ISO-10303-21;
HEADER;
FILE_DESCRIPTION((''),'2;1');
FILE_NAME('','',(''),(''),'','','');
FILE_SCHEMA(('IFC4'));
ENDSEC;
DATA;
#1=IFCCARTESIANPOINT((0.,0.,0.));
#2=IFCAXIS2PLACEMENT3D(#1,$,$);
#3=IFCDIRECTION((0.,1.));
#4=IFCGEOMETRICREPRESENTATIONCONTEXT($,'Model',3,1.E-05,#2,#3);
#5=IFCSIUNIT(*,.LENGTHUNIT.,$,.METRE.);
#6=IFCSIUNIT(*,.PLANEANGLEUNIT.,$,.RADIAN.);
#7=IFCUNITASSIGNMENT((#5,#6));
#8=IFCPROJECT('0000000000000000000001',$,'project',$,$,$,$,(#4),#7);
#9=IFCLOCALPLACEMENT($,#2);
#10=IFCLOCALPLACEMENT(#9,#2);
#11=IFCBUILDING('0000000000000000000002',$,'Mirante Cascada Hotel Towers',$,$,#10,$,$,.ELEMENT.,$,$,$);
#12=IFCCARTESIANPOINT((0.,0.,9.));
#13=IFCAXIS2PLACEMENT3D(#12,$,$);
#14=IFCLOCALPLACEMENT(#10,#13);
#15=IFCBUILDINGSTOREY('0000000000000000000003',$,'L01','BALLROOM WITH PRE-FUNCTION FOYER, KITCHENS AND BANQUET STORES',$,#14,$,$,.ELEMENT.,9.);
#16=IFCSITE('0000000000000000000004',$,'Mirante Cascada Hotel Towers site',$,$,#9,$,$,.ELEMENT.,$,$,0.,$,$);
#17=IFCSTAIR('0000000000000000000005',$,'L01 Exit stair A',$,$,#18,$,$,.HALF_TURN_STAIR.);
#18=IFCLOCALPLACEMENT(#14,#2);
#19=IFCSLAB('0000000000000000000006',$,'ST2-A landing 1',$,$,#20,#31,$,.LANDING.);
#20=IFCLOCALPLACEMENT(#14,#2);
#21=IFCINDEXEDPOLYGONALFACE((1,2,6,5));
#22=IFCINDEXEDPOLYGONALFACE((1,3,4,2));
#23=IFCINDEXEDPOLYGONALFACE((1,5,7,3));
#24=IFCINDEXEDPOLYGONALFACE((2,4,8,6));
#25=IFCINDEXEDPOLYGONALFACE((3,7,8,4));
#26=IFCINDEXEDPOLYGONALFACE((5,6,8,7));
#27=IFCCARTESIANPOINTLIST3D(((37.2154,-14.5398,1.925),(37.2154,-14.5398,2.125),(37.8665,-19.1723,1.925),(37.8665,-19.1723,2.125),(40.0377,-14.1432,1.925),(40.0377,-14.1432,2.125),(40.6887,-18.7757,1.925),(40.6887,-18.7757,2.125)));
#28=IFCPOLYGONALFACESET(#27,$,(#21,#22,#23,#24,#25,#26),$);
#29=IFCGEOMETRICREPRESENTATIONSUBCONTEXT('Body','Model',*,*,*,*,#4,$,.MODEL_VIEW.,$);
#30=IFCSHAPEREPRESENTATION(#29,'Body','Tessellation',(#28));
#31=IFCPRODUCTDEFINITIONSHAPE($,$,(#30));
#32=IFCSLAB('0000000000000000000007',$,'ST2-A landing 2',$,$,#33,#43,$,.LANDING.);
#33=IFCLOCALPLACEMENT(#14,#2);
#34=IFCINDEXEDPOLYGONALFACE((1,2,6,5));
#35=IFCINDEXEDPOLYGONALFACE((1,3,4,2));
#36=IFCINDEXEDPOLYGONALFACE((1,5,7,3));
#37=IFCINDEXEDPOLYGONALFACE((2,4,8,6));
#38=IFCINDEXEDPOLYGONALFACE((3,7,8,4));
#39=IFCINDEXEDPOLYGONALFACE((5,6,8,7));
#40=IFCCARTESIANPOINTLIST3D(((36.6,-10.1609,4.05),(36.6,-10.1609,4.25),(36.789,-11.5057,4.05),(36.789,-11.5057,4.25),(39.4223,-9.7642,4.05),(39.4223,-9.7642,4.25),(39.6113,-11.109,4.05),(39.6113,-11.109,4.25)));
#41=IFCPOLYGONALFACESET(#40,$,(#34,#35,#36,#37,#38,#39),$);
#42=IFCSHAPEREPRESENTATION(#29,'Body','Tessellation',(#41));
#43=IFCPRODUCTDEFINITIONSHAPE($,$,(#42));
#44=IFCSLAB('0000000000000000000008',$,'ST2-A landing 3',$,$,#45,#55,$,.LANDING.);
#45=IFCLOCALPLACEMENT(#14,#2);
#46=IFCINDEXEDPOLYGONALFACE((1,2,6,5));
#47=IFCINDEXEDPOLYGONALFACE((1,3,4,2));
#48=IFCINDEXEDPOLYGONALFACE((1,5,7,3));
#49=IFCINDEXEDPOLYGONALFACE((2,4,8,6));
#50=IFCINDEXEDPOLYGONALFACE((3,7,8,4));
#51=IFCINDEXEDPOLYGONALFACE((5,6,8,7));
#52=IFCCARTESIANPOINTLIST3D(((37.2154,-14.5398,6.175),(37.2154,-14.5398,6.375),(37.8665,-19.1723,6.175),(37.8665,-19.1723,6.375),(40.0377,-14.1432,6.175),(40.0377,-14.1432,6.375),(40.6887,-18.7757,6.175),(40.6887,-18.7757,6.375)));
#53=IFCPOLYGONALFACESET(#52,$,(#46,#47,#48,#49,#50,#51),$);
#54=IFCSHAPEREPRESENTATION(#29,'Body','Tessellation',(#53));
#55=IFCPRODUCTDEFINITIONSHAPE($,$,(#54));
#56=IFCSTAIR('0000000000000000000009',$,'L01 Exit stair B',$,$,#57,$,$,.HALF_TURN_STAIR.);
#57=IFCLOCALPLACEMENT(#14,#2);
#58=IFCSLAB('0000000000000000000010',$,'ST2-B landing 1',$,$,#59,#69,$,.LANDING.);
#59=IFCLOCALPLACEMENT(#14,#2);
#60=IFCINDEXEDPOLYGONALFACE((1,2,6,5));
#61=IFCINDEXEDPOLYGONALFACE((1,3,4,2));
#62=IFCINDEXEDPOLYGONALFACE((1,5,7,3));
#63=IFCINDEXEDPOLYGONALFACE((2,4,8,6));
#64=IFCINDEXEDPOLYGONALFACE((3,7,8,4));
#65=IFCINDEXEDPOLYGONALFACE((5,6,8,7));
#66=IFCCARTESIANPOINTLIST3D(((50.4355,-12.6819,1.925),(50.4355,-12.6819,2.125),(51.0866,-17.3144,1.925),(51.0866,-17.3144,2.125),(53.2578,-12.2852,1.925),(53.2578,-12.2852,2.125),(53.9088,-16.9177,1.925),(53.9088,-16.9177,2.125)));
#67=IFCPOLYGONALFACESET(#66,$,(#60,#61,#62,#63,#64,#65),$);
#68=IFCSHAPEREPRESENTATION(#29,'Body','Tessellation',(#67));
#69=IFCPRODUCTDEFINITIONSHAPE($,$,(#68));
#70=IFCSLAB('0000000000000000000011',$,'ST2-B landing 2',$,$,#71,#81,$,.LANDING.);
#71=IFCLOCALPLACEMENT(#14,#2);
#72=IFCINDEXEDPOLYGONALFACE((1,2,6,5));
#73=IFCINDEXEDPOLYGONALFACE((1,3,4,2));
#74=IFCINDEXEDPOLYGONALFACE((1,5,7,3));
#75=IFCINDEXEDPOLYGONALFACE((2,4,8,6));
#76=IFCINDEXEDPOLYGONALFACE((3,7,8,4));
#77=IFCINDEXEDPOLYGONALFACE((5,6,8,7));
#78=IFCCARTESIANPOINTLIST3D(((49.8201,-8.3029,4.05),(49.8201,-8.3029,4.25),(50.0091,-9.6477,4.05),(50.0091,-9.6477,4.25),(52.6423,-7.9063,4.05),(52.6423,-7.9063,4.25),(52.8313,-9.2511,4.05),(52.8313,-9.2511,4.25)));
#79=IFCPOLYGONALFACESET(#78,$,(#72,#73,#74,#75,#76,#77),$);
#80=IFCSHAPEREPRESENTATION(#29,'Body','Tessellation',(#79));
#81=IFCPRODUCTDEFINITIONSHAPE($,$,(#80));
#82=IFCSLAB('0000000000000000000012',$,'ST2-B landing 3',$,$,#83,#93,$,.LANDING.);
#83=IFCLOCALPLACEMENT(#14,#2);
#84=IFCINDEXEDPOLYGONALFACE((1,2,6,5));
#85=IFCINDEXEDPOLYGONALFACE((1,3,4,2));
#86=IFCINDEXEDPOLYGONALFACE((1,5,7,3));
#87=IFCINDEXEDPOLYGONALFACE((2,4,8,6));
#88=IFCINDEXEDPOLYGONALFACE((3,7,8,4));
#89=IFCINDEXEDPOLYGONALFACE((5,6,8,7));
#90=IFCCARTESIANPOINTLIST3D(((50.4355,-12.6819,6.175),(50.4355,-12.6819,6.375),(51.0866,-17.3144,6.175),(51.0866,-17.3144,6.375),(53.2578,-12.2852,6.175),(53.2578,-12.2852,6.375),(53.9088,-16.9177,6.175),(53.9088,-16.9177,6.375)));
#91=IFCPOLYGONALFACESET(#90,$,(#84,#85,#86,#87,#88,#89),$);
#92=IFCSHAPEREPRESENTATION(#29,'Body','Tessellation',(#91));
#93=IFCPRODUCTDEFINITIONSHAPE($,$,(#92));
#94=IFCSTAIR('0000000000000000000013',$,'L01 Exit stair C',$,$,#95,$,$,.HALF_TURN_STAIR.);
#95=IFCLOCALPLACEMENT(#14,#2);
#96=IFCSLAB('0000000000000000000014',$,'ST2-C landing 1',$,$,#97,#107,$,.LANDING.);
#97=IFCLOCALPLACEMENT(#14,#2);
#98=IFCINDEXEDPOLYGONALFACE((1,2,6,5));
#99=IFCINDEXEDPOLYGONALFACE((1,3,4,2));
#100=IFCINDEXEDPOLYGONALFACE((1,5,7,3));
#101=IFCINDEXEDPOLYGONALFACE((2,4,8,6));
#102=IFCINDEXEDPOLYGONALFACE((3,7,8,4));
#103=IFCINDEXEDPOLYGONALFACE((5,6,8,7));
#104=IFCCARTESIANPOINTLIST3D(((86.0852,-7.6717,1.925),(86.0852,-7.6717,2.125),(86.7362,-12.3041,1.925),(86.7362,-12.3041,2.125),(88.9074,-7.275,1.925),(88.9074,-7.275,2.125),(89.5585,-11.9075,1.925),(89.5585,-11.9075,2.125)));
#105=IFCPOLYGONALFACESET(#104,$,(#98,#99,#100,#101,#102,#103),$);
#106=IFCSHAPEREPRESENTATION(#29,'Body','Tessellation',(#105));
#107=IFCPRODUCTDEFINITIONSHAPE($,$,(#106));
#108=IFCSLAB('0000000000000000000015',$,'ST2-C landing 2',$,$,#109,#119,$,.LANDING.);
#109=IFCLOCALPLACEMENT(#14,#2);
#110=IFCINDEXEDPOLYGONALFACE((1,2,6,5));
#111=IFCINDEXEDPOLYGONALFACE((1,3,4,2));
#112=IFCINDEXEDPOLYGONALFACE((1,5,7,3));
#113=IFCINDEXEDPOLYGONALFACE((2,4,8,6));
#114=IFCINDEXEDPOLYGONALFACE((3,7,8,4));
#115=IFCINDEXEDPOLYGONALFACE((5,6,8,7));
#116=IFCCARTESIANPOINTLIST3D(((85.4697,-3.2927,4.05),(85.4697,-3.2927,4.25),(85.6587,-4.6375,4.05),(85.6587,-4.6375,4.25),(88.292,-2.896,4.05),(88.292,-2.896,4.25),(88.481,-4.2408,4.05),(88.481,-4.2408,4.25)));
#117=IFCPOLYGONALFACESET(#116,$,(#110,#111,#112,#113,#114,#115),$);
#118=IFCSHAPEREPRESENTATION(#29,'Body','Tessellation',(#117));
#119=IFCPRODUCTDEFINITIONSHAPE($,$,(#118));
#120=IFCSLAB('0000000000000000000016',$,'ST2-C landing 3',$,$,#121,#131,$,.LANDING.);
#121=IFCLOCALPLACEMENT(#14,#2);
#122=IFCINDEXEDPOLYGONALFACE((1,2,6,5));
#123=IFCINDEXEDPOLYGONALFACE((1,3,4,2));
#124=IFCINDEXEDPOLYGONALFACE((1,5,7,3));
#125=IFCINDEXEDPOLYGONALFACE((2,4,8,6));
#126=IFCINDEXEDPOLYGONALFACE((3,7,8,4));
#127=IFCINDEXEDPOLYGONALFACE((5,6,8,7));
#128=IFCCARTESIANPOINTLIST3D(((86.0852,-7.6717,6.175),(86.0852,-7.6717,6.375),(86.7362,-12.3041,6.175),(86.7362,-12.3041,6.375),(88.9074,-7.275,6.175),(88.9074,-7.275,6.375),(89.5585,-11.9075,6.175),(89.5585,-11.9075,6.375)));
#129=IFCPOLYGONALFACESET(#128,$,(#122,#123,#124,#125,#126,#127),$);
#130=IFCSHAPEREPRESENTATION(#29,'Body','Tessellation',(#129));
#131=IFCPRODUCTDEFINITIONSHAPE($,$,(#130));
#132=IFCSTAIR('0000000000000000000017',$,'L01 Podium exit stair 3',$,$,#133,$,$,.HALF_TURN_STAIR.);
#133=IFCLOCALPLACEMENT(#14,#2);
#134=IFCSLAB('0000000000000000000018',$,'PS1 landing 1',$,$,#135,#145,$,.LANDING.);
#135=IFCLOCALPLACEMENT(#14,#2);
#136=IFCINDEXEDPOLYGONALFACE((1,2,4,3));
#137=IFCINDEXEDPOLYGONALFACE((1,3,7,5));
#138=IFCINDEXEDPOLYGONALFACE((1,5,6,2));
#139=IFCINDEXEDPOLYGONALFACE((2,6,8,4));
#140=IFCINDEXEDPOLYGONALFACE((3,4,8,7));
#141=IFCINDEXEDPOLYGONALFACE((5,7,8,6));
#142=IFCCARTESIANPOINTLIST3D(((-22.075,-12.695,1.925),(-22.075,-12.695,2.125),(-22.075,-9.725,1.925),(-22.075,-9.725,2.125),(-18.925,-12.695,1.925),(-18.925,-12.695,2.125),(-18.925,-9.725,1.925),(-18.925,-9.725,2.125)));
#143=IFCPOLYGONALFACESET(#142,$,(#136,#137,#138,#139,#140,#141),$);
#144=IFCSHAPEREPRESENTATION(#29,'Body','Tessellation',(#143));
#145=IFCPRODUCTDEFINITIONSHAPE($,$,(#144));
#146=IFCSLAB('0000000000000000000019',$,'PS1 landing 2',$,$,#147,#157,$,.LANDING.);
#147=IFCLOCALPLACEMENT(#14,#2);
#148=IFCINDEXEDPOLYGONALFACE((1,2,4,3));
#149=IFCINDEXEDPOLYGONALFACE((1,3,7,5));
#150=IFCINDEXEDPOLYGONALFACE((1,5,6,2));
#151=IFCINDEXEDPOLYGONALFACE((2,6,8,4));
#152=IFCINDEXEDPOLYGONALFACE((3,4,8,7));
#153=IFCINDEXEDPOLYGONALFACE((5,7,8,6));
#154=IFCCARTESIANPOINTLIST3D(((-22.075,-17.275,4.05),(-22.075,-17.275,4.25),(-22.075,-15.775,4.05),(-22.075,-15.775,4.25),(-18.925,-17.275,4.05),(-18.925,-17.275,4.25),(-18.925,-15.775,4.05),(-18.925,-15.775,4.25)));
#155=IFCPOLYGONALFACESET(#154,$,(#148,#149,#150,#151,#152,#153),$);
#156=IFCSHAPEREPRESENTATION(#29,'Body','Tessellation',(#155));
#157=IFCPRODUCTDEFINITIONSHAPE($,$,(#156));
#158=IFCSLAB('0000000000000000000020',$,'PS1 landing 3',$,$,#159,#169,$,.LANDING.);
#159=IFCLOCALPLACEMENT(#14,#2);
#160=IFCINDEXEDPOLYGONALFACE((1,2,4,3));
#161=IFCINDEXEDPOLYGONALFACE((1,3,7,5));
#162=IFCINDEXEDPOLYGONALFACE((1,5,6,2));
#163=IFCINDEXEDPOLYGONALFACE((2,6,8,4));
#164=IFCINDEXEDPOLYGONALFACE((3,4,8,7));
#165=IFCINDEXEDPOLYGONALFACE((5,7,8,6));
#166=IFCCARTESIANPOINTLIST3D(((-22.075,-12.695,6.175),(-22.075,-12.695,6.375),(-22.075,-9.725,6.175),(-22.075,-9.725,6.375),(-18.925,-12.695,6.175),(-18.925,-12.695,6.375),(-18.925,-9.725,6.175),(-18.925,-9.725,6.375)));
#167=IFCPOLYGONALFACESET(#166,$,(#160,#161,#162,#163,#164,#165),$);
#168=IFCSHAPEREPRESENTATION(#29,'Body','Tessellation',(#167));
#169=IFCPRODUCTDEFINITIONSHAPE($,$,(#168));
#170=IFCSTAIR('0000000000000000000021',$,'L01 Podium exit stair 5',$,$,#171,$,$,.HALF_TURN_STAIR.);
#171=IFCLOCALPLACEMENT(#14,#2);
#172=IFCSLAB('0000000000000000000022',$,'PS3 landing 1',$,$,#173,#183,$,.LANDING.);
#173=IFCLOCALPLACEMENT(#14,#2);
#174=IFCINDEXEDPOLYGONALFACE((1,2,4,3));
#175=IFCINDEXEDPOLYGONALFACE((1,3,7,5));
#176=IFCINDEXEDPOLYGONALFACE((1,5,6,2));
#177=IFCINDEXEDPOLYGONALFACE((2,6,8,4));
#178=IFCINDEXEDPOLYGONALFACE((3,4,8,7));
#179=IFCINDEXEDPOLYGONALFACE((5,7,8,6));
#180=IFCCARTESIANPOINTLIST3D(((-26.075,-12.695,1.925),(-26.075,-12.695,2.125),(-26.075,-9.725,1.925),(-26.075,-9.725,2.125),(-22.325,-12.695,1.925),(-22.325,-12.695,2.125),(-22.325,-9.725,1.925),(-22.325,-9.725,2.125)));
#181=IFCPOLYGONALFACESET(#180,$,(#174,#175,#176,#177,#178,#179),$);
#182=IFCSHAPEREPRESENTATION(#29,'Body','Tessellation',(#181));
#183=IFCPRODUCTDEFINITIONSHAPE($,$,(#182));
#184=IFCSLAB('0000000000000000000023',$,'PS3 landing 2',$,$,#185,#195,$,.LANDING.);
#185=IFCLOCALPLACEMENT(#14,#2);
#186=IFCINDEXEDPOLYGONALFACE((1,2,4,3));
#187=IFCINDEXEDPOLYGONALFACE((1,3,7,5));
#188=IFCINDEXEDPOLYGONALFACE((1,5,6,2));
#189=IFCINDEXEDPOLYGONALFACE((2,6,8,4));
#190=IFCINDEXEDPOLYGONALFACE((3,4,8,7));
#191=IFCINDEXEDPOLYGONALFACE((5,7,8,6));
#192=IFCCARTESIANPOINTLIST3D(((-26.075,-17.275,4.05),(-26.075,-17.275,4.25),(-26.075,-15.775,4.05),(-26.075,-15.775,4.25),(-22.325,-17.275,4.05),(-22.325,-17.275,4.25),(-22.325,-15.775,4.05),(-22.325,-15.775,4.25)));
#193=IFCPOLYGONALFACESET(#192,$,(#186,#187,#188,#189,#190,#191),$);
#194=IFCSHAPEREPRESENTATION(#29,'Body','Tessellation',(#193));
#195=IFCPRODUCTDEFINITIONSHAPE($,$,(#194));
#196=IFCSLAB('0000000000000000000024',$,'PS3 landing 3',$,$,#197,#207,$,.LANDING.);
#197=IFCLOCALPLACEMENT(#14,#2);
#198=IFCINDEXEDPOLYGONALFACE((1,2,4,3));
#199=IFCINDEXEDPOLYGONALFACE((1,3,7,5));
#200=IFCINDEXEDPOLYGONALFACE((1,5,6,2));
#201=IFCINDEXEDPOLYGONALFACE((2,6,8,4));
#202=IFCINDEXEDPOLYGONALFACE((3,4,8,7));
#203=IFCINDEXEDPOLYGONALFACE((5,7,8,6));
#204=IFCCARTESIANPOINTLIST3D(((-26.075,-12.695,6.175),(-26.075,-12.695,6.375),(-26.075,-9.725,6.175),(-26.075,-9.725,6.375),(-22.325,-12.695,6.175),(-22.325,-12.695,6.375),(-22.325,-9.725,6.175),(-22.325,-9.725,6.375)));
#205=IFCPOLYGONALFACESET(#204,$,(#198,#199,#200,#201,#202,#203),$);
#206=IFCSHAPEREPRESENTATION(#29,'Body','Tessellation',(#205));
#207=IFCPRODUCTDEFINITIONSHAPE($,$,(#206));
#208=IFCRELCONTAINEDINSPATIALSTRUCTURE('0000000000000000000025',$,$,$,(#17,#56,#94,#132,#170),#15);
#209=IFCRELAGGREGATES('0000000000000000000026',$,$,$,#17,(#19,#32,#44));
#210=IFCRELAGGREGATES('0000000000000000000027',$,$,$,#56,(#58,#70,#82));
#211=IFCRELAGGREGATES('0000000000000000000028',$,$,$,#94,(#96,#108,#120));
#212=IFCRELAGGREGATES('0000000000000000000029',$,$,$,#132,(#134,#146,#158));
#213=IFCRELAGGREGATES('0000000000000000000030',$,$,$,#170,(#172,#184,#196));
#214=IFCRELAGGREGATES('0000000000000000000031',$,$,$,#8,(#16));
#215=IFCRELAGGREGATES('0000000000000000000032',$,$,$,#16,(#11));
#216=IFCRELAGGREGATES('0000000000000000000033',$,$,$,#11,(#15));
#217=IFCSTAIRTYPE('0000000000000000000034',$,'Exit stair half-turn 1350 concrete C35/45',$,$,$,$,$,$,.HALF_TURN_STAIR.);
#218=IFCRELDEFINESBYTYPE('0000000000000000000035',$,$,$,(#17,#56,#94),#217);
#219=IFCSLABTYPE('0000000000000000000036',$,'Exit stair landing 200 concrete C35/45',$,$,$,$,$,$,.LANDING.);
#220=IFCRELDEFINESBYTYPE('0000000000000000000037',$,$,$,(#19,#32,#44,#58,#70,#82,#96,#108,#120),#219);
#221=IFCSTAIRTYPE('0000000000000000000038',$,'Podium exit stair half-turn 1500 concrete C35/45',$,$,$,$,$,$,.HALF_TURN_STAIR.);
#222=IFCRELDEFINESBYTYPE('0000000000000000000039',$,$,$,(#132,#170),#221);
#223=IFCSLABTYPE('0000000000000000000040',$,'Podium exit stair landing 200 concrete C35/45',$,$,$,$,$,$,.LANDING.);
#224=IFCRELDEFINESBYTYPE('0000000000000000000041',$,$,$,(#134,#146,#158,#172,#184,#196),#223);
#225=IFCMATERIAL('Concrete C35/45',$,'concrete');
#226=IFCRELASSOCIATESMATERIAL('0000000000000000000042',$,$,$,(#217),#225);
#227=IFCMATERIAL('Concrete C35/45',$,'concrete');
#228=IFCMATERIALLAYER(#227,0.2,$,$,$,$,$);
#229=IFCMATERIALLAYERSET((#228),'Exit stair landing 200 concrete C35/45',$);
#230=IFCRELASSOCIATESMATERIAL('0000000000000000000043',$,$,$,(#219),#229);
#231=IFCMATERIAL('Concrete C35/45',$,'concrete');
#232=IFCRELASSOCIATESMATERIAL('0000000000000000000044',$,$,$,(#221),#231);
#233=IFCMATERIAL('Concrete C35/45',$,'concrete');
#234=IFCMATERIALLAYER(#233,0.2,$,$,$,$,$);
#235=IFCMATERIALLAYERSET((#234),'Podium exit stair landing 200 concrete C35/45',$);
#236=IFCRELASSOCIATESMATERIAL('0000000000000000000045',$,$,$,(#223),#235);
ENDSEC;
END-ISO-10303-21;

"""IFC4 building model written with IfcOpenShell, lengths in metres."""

from ifc_helpers import new_model, si_unit, direction, frame, origin, place, context, subcontext, project, spatial, polyline, outline, extrude, material, layer, layer_set, type_object, element, aggregate, save


model = new_model("IFC4")

# Units and contexts
model_context = context("Model", 3, precision=1e-05, world=origin(), true_north=direction((0.0, 1.0)))
body_context = subcontext(model_context, "Body", "Model", "MODEL_VIEW")
ifc_project = project(units=[si_unit("LENGTHUNIT", "METRE"), si_unit("PLANEANGLEUNIT", "RADIAN")], contexts=[model_context])

# Site, building, storey
site_placement = place(None, origin())
site = spatial("IfcSite", under=ifc_project, at=site_placement, Name="Mirante Cascada Hotel Towers site", CompositionType="ELEMENT", RefElevation=0.0)
building_placement = place(site_placement, origin())
building = spatial("IfcBuilding", under=site, at=building_placement, Name="Mirante Cascada Hotel Towers", CompositionType="ELEMENT")
storey_placement = place(building_placement, frame((0.0, 0.0, 9.0)))
storey = spatial("IfcBuildingStorey", under=building, at=storey_placement, Name="L01", Description="BALLROOM WITH PRE-FUNCTION FOYER, KITCHENS AND BANQUET STORES", CompositionType="ELEMENT", Elevation=9.0)

# Shared definitions
ifc_material_1 = material(Name="Concrete C35/45", Category="concrete")
stair_type_1 = type_object("IfcStairType", Name="Exit stair half-turn 1350 concrete C35/45", PredefinedType="HALF_TURN_STAIR", material=ifc_material_1)
ifc_material_2 = material(Name="Concrete C35/45", Category="concrete")
ifc_layer_1 = layer(ifc_material_2, 0.2)
ifc_layer_set_1 = layer_set([ifc_layer_1], Name="Exit stair landing 200 concrete C35/45")
slab_type_1 = type_object("IfcSlabType", Name="Exit stair landing 200 concrete C35/45", PredefinedType="LANDING", material=ifc_layer_set_1)

# Stairs, slabs
stair_1_placement = place(storey_placement, origin())
stair_1 = element("IfcStair", 1, at=stair_1_placement, inside=storey, type_object=stair_type_1, Name="L01 Exit stair A", PredefinedType="HALF_TURN_STAIR")
slab_1_placement = place(storey_placement, frame((0.0, 0.0, 1.925)))
slab_1 = element("IfcSlab", 2, at=slab_1_placement, type_object=slab_type_1, Name="ST2-A landing 1", PredefinedType="LANDING", context=body_context, shape_type="SweptSolid", body=[
    extrude(outline(polyline([(37.2154, -14.5398), (37.8665, -19.1723), (40.6887, -18.7757), (40.0377, -14.1432), (37.2154, -14.5398)])), origin(), (0.0, 0.0, 1.0), 0.2),
])
slab_2_placement = place(storey_placement, frame((0.0, 0.0, 4.05)))
slab_2 = element("IfcSlab", 3, at=slab_2_placement, type_object=slab_type_1, Name="ST2-A landing 2", PredefinedType="LANDING", context=body_context, shape_type="SweptSolid", body=[
    extrude(outline(polyline([(36.6, -10.1609), (36.789, -11.5057), (39.6113, -11.109), (39.4223, -9.7642), (36.6, -10.1609)])), origin(), (0.0, 0.0, 1.0), 0.2),
])
slab_3_placement = place(storey_placement, frame((0.0, 0.0, 6.175)))
slab_3 = element("IfcSlab", 4, at=slab_3_placement, type_object=slab_type_1, Name="ST2-A landing 3", PredefinedType="LANDING", context=body_context, shape_type="SweptSolid", body=[
    extrude(outline(polyline([(37.2154, -14.5398), (37.8665, -19.1723), (40.6887, -18.7757), (40.0377, -14.1432), (37.2154, -14.5398)])), origin(), (0.0, 0.0, 1.0), 0.2),
])
aggregate(stair_1, [slab_1, slab_2, slab_3])
stair_2_placement = place(storey_placement, origin())
stair_2 = element("IfcStair", 5, at=stair_2_placement, inside=storey, type_object=stair_type_1, Name="L01 Exit stair B", PredefinedType="HALF_TURN_STAIR")
slab_4_placement = place(storey_placement, frame((0.0, 0.0, 1.925)))
slab_4 = element("IfcSlab", 6, at=slab_4_placement, type_object=slab_type_1, Name="ST2-B landing 1", PredefinedType="LANDING", context=body_context, shape_type="SweptSolid", body=[
    extrude(outline(polyline([(50.4355, -12.6819), (51.0866, -17.3144), (53.9088, -16.9177), (53.2578, -12.2852), (50.4355, -12.6819)])), origin(), (0.0, 0.0, 1.0), 0.2),
])
slab_5_placement = place(storey_placement, frame((0.0, 0.0, 4.05)))
slab_5 = element("IfcSlab", 7, at=slab_5_placement, type_object=slab_type_1, Name="ST2-B landing 2", PredefinedType="LANDING", context=body_context, shape_type="SweptSolid", body=[
    extrude(outline(polyline([(49.8201, -8.3029), (50.0091, -9.6477), (52.8313, -9.2511), (52.6423, -7.9063), (49.8201, -8.3029)])), origin(), (0.0, 0.0, 1.0), 0.2),
])
slab_6_placement = place(storey_placement, frame((0.0, 0.0, 6.175)))
slab_6 = element("IfcSlab", 8, at=slab_6_placement, type_object=slab_type_1, Name="ST2-B landing 3", PredefinedType="LANDING", context=body_context, shape_type="SweptSolid", body=[
    extrude(outline(polyline([(50.4355, -12.6819), (51.0866, -17.3144), (53.9088, -16.9177), (53.2578, -12.2852), (50.4355, -12.6819)])), origin(), (0.0, 0.0, 1.0), 0.2),
])
aggregate(stair_2, [slab_4, slab_5, slab_6])
stair_3_placement = place(storey_placement, origin())
stair_3 = element("IfcStair", 9, at=stair_3_placement, inside=storey, type_object=stair_type_1, Name="L01 Exit stair C", PredefinedType="HALF_TURN_STAIR")
slab_7_placement = place(storey_placement, frame((0.0, 0.0, 1.925)))
slab_7 = element("IfcSlab", 10, at=slab_7_placement, type_object=slab_type_1, Name="ST2-C landing 1", PredefinedType="LANDING", context=body_context, shape_type="SweptSolid", body=[
    extrude(outline(polyline([(86.0852, -7.6717), (86.7362, -12.3041), (89.5585, -11.9075), (88.9074, -7.275), (86.0852, -7.6717)])), origin(), (0.0, 0.0, 1.0), 0.2),
])
slab_8_placement = place(storey_placement, frame((0.0, 0.0, 4.05)))
slab_8 = element("IfcSlab", 11, at=slab_8_placement, type_object=slab_type_1, Name="ST2-C landing 2", PredefinedType="LANDING", context=body_context, shape_type="SweptSolid", body=[
    extrude(outline(polyline([(85.4697, -3.2927), (85.6587, -4.6375), (88.481, -4.2408), (88.292, -2.896), (85.4697, -3.2927)])), origin(), (0.0, 0.0, 1.0), 0.2),
])
slab_9_placement = place(storey_placement, frame((0.0, 0.0, 6.175)))
slab_9 = element("IfcSlab", 12, at=slab_9_placement, type_object=slab_type_1, Name="ST2-C landing 3", PredefinedType="LANDING", context=body_context, shape_type="SweptSolid", body=[
    extrude(outline(polyline([(86.0852, -7.6717), (86.7362, -12.3041), (89.5585, -11.9075), (88.9074, -7.275), (86.0852, -7.6717)])), origin(), (0.0, 0.0, 1.0), 0.2),
])
aggregate(stair_3, [slab_7, slab_8, slab_9])
ifc_material_3 = material(Name="Concrete C35/45", Category="concrete")
stair_type_2 = type_object("IfcStairType", Name="Podium exit stair half-turn 1500 concrete C35/45", PredefinedType="HALF_TURN_STAIR", material=ifc_material_3)
stair_4_placement = place(storey_placement, origin())
stair_4 = element("IfcStair", 13, at=stair_4_placement, inside=storey, type_object=stair_type_2, Name="L01 Podium exit stair 3", PredefinedType="HALF_TURN_STAIR")
ifc_material_4 = material(Name="Concrete C35/45", Category="concrete")
ifc_layer_2 = layer(ifc_material_4, 0.2)
ifc_layer_set_2 = layer_set([ifc_layer_2], Name="Podium exit stair landing 200 concrete C35/45")
slab_type_2 = type_object("IfcSlabType", Name="Podium exit stair landing 200 concrete C35/45", PredefinedType="LANDING", material=ifc_layer_set_2)
slab_10_placement = place(storey_placement, frame((0.0, 0.0, 1.925)))
slab_10 = element("IfcSlab", 14, at=slab_10_placement, type_object=slab_type_2, Name="PS1 landing 1", PredefinedType="LANDING", context=body_context, shape_type="SweptSolid", body=[
    extrude(outline(polyline([(-18.925, -12.695), (-18.925, -9.725), (-22.075, -9.725), (-22.075, -12.695), (-18.925, -12.695)])), origin(), (0.0, 0.0, 1.0), 0.2),
])
slab_11_placement = place(storey_placement, frame((0.0, 0.0, 4.05)))
slab_11 = element("IfcSlab", 15, at=slab_11_placement, type_object=slab_type_2, Name="PS1 landing 2", PredefinedType="LANDING", context=body_context, shape_type="SweptSolid", body=[
    extrude(outline(polyline([(-18.925, -17.275), (-18.925, -15.775), (-22.075, -15.775), (-22.075, -17.275), (-18.925, -17.275)])), origin(), (0.0, 0.0, 1.0), 0.2),
])
slab_12_placement = place(storey_placement, frame((0.0, 0.0, 6.175)))
slab_12 = element("IfcSlab", 16, at=slab_12_placement, type_object=slab_type_2, Name="PS1 landing 3", PredefinedType="LANDING", context=body_context, shape_type="SweptSolid", body=[
    extrude(outline(polyline([(-18.925, -12.695), (-18.925, -9.725), (-22.075, -9.725), (-22.075, -12.695), (-18.925, -12.695)])), origin(), (0.0, 0.0, 1.0), 0.2),
])
aggregate(stair_4, [slab_10, slab_11, slab_12])
stair_5_placement = place(storey_placement, origin())
stair_5 = element("IfcStair", 17, at=stair_5_placement, inside=storey, type_object=stair_type_2, Name="L01 Podium exit stair 5", PredefinedType="HALF_TURN_STAIR")
slab_13_placement = place(storey_placement, frame((0.0, 0.0, 1.925)))
slab_13 = element("IfcSlab", 18, at=slab_13_placement, type_object=slab_type_2, Name="PS3 landing 1", PredefinedType="LANDING", context=body_context, shape_type="SweptSolid", body=[
    extrude(outline(polyline([(-22.325, -12.695), (-22.325, -9.725), (-26.075, -9.725), (-26.075, -12.695), (-22.325, -12.695)])), origin(), (0.0, 0.0, 1.0), 0.2),
])
slab_14_placement = place(storey_placement, frame((0.0, 0.0, 4.05)))
slab_14 = element("IfcSlab", 19, at=slab_14_placement, type_object=slab_type_2, Name="PS3 landing 2", PredefinedType="LANDING", context=body_context, shape_type="SweptSolid", body=[
    extrude(outline(polyline([(-22.325, -17.275), (-22.325, -15.775), (-26.075, -15.775), (-26.075, -17.275), (-22.325, -17.275)])), origin(), (0.0, 0.0, 1.0), 0.2),
])
slab_15_placement = place(storey_placement, frame((0.0, 0.0, 6.175)))
slab_15 = element("IfcSlab", 20, at=slab_15_placement, type_object=slab_type_2, Name="PS3 landing 3", PredefinedType="LANDING", context=body_context, shape_type="SweptSolid", body=[
    extrude(outline(polyline([(-22.325, -12.695), (-22.325, -9.725), (-26.075, -9.725), (-26.075, -12.695), (-22.325, -12.695)])), origin(), (0.0, 0.0, 1.0), 0.2),
])
aggregate(stair_5, [slab_13, slab_14, slab_15])

save(model, "model.ifc")
